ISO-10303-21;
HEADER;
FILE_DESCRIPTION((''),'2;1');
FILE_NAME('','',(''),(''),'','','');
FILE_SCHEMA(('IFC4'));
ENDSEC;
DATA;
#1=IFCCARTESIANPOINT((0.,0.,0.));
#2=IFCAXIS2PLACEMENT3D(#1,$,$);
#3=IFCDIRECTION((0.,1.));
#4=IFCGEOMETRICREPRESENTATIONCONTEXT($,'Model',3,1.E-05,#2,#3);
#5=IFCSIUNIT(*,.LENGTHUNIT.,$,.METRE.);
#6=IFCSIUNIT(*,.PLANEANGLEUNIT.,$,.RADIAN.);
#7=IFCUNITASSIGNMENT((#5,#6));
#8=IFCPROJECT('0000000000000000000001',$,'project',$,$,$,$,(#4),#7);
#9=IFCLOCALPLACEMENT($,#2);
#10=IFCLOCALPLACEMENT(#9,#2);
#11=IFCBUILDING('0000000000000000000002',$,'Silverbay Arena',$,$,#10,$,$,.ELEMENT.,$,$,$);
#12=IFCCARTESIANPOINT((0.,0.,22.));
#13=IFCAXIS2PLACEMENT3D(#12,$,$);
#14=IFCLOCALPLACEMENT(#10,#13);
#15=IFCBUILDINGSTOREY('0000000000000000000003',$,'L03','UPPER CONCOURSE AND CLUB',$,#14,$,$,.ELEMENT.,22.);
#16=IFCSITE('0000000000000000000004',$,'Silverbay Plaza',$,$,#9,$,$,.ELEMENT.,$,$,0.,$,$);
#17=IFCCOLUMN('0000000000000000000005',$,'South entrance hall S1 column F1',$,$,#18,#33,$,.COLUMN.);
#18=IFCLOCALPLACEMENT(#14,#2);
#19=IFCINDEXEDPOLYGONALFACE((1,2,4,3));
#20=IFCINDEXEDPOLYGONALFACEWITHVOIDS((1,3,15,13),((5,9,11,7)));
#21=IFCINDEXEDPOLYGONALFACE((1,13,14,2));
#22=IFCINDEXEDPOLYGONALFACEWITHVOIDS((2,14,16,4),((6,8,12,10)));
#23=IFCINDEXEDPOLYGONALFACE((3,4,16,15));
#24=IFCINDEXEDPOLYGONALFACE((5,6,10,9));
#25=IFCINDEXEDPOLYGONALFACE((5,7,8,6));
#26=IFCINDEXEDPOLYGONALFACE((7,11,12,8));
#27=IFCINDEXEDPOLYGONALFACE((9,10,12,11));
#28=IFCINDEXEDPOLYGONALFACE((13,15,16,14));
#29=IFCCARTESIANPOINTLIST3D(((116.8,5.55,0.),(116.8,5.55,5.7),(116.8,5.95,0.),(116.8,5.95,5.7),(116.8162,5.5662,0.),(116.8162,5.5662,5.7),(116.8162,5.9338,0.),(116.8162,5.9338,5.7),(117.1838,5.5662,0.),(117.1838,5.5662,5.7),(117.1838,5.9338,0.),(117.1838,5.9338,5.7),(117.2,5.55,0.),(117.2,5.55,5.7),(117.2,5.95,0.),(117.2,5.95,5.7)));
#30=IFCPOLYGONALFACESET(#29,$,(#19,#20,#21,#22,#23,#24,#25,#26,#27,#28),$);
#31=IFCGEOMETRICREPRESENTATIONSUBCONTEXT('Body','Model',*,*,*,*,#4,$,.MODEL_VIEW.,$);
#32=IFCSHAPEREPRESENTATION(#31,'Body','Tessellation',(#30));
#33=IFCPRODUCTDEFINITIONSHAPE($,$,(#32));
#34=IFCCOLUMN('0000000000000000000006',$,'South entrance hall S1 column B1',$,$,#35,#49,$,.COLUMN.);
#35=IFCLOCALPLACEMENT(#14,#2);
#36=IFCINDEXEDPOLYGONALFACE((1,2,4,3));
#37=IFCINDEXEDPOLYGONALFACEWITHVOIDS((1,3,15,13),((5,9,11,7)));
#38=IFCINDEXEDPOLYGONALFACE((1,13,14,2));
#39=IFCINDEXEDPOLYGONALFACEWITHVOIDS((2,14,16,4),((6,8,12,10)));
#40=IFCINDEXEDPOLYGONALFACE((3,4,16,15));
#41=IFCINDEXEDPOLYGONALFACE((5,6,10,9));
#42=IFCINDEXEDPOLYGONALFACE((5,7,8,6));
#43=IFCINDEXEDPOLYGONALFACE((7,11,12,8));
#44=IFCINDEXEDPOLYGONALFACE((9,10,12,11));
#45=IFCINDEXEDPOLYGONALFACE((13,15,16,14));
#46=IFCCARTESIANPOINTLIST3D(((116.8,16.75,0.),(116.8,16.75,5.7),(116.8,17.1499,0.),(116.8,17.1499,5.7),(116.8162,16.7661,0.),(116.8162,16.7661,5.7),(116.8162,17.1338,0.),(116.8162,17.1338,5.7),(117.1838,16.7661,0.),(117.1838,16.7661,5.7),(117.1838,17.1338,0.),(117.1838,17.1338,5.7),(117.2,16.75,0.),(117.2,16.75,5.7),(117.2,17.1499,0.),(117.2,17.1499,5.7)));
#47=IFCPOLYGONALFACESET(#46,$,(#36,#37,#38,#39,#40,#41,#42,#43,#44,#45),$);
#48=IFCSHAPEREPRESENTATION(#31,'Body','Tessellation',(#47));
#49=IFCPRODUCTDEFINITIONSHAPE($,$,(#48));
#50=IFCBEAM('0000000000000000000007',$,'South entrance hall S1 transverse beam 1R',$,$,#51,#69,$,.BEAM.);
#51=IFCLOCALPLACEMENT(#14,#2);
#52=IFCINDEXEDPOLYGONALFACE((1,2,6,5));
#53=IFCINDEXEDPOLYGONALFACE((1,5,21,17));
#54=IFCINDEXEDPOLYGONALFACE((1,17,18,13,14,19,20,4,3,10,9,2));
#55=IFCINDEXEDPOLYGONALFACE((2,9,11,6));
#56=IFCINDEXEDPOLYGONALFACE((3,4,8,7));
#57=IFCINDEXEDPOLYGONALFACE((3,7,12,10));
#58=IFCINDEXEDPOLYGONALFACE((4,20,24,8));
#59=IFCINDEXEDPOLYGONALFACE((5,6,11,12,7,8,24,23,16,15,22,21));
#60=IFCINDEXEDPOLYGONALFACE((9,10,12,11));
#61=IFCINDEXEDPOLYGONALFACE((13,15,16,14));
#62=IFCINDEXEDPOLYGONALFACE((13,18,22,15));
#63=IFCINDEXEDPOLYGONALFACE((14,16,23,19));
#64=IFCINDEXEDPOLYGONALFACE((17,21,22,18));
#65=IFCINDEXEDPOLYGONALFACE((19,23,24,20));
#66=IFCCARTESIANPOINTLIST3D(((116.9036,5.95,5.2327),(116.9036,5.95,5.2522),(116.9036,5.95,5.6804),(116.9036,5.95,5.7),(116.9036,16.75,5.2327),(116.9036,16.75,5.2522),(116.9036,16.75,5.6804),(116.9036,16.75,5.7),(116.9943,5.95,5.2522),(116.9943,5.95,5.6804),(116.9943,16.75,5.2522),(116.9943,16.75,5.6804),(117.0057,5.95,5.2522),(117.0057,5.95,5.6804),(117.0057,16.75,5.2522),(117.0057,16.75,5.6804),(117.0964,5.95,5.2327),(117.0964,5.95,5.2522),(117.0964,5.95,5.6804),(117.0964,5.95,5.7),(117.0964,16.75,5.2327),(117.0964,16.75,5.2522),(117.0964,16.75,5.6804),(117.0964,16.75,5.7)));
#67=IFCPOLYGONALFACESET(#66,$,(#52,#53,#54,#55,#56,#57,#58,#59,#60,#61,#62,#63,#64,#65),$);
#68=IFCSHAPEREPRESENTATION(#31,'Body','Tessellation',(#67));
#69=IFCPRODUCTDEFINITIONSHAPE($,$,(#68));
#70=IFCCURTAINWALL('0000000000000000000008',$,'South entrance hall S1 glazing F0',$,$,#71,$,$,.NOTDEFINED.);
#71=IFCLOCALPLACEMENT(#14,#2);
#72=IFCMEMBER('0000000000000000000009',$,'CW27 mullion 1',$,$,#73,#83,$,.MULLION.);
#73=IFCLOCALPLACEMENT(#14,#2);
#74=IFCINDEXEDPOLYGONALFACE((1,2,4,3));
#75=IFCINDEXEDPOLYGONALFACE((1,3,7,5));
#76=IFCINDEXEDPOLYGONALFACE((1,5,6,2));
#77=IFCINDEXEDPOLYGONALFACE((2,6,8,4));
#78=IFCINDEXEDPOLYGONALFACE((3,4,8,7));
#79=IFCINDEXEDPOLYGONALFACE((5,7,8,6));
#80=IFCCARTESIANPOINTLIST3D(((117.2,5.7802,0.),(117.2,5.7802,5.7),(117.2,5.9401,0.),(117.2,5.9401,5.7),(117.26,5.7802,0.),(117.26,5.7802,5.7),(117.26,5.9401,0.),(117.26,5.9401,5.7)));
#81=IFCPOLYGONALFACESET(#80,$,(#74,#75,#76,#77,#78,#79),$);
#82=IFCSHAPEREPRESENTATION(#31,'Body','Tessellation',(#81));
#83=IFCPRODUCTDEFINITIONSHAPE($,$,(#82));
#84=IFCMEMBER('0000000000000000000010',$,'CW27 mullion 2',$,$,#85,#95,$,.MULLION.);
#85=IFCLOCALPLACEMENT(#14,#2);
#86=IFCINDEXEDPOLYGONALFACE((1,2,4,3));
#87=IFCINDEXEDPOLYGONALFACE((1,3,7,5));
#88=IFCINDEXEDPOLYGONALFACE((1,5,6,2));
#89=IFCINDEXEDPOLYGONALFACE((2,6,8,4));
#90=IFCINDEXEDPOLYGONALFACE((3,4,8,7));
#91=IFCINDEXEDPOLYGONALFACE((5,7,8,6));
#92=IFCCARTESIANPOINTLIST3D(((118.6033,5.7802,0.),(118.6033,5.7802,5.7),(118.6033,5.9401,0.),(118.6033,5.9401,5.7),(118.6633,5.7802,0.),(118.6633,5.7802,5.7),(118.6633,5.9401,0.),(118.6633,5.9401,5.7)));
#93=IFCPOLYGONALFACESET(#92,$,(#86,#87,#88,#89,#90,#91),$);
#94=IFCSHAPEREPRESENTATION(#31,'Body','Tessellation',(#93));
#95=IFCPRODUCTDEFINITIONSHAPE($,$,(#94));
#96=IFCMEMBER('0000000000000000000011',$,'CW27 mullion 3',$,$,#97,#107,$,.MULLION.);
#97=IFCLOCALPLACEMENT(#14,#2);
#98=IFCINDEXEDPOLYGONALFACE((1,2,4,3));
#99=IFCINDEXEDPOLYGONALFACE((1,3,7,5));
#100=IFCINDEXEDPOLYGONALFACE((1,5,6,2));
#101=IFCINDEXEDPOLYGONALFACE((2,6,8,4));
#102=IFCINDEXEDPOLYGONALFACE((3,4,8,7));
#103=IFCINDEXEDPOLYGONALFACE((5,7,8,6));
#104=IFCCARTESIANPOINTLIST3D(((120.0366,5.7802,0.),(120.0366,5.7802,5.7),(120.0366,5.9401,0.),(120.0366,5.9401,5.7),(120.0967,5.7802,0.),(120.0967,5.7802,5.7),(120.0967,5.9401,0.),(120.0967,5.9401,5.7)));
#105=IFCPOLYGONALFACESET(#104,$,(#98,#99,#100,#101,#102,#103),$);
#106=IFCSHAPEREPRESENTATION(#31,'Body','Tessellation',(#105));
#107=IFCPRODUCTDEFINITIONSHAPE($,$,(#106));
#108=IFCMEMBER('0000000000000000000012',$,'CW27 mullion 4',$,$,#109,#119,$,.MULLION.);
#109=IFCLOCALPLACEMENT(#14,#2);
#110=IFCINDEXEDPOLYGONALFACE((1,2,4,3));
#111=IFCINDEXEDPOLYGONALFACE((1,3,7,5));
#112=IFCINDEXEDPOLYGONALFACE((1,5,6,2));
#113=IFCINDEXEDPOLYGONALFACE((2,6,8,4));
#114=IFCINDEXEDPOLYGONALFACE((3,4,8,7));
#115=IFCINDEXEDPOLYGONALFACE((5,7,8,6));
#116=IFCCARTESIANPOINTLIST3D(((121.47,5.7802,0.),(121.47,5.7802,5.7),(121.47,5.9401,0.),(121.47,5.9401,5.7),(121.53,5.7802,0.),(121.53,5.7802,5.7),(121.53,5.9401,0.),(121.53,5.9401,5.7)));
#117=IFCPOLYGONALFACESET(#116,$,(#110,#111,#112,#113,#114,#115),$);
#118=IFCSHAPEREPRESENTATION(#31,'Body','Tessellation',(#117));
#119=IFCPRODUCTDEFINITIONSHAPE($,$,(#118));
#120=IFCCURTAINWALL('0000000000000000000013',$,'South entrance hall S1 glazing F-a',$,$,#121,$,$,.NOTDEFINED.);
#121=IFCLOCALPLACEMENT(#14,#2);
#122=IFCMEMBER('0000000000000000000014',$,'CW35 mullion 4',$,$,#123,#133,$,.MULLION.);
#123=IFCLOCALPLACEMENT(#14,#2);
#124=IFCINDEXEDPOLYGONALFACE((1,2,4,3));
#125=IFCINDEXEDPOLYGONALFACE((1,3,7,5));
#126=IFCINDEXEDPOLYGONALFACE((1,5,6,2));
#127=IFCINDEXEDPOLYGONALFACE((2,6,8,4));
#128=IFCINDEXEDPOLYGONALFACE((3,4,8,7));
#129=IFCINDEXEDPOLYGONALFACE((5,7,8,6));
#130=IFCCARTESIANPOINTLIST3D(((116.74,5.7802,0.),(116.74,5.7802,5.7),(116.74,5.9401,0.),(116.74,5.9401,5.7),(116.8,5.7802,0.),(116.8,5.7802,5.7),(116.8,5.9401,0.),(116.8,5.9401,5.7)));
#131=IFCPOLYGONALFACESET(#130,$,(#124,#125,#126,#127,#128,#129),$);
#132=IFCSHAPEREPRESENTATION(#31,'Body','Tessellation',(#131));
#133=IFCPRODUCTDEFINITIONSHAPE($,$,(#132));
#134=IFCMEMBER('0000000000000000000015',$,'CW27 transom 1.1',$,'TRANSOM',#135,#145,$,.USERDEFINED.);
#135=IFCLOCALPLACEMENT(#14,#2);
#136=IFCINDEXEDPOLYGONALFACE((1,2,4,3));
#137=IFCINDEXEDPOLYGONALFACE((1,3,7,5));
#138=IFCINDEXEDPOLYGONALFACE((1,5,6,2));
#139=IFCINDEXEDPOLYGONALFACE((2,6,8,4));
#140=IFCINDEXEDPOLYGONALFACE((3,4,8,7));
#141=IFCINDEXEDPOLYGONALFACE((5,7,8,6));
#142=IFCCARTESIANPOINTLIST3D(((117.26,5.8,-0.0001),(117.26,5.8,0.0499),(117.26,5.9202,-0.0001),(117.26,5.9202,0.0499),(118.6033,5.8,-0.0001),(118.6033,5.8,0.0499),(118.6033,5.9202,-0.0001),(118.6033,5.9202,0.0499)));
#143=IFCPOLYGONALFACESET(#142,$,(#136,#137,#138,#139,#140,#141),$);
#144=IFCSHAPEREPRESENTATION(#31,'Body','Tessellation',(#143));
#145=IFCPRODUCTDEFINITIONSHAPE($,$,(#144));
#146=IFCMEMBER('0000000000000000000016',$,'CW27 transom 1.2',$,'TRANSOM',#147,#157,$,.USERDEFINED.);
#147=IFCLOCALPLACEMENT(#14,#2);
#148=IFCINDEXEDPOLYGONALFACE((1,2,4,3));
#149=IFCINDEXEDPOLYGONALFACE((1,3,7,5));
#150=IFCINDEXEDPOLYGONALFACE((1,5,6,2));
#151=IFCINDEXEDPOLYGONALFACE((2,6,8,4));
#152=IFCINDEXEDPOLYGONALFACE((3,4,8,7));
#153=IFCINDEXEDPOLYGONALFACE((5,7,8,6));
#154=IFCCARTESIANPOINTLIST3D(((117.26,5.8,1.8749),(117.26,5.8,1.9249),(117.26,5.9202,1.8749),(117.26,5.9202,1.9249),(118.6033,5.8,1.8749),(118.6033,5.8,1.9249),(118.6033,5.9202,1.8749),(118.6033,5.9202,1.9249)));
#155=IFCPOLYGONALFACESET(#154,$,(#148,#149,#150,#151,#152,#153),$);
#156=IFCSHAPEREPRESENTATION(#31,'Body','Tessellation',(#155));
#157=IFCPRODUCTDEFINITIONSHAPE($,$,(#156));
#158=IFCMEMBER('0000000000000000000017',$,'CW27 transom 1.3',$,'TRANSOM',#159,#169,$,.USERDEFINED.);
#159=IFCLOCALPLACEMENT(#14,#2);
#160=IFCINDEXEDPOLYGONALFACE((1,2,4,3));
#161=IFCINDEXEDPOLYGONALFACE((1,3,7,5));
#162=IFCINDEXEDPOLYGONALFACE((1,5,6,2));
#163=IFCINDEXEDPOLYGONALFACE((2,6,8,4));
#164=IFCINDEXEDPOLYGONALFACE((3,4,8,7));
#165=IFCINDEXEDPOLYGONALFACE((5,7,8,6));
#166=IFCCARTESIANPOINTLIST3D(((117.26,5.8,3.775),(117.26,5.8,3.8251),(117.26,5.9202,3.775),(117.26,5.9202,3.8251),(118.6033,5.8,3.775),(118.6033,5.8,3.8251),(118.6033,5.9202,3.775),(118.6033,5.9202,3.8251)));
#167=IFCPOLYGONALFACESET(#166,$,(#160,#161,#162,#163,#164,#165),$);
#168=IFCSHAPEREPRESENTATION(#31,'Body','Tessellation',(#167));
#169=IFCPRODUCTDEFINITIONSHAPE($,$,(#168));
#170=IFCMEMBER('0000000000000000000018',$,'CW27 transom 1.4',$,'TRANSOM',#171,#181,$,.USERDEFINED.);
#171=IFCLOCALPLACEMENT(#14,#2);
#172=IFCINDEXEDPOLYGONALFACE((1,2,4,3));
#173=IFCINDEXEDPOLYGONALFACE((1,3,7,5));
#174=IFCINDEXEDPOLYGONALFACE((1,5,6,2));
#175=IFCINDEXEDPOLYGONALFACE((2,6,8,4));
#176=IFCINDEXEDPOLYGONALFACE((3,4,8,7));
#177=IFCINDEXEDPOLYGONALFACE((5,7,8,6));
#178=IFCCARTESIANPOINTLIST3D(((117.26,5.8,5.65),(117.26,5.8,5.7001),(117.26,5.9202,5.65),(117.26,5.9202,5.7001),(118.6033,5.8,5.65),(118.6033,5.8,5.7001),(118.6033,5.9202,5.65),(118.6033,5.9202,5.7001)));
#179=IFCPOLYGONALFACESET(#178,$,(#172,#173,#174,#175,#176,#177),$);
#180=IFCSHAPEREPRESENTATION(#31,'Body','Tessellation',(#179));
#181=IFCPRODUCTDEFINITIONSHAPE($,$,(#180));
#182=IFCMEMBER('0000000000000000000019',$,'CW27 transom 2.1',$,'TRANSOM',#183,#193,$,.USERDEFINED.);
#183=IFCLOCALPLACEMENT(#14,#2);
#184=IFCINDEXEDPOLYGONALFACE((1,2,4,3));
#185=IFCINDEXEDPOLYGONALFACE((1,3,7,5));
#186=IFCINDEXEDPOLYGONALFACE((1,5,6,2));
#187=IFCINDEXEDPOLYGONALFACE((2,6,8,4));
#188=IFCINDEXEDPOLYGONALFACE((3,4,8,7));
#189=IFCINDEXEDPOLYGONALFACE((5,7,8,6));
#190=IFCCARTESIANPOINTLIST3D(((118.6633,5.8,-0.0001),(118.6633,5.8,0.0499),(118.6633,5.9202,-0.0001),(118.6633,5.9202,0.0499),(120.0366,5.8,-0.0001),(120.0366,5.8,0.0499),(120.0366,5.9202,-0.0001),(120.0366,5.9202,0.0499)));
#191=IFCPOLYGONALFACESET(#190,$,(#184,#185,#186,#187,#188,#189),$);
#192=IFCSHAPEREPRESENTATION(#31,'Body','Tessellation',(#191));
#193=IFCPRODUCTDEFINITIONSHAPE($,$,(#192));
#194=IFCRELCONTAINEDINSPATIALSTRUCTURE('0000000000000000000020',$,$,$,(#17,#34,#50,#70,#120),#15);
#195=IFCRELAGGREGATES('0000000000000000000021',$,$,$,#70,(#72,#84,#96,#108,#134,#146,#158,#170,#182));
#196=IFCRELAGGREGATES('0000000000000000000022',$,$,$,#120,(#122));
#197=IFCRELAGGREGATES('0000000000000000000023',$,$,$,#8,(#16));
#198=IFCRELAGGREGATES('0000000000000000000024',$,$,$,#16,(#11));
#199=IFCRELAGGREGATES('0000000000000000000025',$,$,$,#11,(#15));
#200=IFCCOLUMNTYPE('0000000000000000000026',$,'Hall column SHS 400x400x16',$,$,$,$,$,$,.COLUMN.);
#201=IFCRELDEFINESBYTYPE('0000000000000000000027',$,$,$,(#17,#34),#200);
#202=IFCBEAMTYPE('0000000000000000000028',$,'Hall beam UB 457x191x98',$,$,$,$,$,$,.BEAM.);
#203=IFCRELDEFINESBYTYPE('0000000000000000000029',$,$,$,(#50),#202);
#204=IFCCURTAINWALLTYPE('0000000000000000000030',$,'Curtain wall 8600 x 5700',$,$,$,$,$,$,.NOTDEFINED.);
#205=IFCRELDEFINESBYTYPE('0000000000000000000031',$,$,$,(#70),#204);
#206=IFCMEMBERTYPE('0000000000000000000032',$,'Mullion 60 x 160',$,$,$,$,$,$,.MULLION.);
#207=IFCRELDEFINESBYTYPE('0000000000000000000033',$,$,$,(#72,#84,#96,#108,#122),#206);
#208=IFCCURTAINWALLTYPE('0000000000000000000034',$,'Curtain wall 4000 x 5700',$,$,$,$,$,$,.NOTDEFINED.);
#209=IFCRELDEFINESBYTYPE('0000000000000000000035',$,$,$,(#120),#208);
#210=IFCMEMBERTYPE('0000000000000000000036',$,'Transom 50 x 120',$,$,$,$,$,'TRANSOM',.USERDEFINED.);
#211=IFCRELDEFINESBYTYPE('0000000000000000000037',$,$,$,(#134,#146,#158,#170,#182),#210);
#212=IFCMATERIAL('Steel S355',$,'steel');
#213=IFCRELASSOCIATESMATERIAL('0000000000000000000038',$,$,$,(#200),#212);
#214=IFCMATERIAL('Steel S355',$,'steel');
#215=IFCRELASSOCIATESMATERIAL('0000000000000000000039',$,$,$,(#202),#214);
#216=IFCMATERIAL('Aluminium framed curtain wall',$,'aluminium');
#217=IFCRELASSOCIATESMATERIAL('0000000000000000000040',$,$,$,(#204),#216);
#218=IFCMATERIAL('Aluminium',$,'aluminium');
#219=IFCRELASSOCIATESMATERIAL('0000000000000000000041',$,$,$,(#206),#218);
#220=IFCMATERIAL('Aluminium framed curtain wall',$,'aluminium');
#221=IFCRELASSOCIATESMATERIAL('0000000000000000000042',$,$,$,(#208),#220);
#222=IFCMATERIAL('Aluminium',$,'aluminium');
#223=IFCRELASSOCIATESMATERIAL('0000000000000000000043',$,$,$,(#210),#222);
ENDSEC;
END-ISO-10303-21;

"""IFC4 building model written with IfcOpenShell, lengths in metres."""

from ifc_helpers import new_model, si_unit, direction, frame, origin, origin_2d, place, context, subcontext, project, spatial, rectangle, hollow_rectangle, i_section, extrude, material, material_profile, profile_set, type_object, element, aggregate, save


model = new_model("IFC4")

# Units and contexts
model_context = context("Model", 3, precision=1e-05, world=origin(), true_north=direction((0.0, 1.0)))
body_context = subcontext(model_context, "Body", "Model", "MODEL_VIEW")
ifc_project = project(units=[si_unit("LENGTHUNIT", "METRE"), si_unit("PLANEANGLEUNIT", "RADIAN")], contexts=[model_context])

# Site, building, storey
site_placement = place(None, origin())
site = spatial("IfcSite", under=ifc_project, at=site_placement, Name="Silverbay Plaza", CompositionType="ELEMENT", RefElevation=0.0)
building_placement = place(site_placement, origin())
building = spatial("IfcBuilding", under=site, at=building_placement, Name="Silverbay Arena", CompositionType="ELEMENT")
storey_placement = place(building_placement, frame((0.0, 0.0, 22.0)))
storey = spatial("IfcBuildingStorey", under=building, at=storey_placement, Name="L03", Description="UPPER CONCOURSE AND CLUB", CompositionType="ELEMENT", Elevation=22.0)

# Columns
ifc_material_1 = material(Name="Steel S355", Category="steel")
ifc_material_profile_1 = material_profile(ifc_material_1, hollow_rectangle(XDim=0.3999, YDim=0.3999, WallThickness=0.0161, at=origin_2d()), Name="SHS 400x400x16")
ifc_profile_set_1 = profile_set([ifc_material_profile_1], Name="Steel S355")
column_type = type_object("IfcColumnType", Name="Hall column SHS 400x400x16", PredefinedType="COLUMN", material=ifc_profile_set_1)
for number, where, z_axis, x_axis, name in (
    (1, (117.0, 5.75, 0.0), (0.0, 0.0, 1.0), (1.0, 0.0, 0.0), "South entrance hall S1 column F1"),
    (2, (117.0, 16.95, 0.0), (0.0, 0.0, 1.0), (1.0, 0.0, 0.0), "South entrance hall S1 column B1"),
):
    element("IfcColumn", number, at=place(storey_placement, frame(where, z_axis=z_axis, x_axis=x_axis)), inside=storey, type_object=column_type, Name=name, PredefinedType="COLUMN", context=body_context, shape_type="SweptSolid", body=[
        extrude(hollow_rectangle(XDim=0.3999, YDim=0.3999, WallThickness=0.0161, at=origin_2d()), origin(), (0.0, 0.0, 1.0), 5.7),
    ])

# Beam
ifc_material_2 = material(Name="Steel S355", Category="steel")
ifc_material_profile_2 = material_profile(ifc_material_2, i_section(OverallWidth=0.1929, OverallDepth=0.4673, WebThickness=0.0115, FlangeThickness=0.0195, at=origin_2d()), Name="UB 457x191x98")
ifc_profile_set_2 = profile_set([ifc_material_profile_2], Name="Steel S355")
beam_type = type_object("IfcBeamType", Name="Hall beam UB 457x191x98", PredefinedType="BEAM", material=ifc_profile_set_2)
beam_placement = place(storey_placement, frame((117.0, 16.75, 5.4663), z_axis=(0.0, -1.0, 0.0), x_axis=(1.0, 0.0, 0.0)))
element("IfcBeam", 3, at=beam_placement, inside=storey, type_object=beam_type, Name="South entrance hall S1 transverse beam 1R", PredefinedType="BEAM", context=body_context, shape_type="SweptSolid", body=[
    extrude(i_section(OverallWidth=0.1929, OverallDepth=0.4673, WebThickness=0.0115, FlangeThickness=0.0195, at=origin_2d()), origin(), (0.0, 0.0, 1.0), 10.8),
])

# Curtain wall, members
ifc_material_3 = material(Name="Aluminium framed curtain wall", Category="aluminium")
curtain_wall_type_1 = type_object("IfcCurtainWallType", Name="Curtain wall 8600 x 5700", PredefinedType="NOTDEFINED", material=ifc_material_3)
curtain_wall_1_placement = place(storey_placement, origin())
curtain_wall_1 = element("IfcCurtainWall", 4, at=curtain_wall_1_placement, inside=storey, type_object=curtain_wall_type_1, Name="South entrance hall S1 glazing F0", PredefinedType="NOTDEFINED")
ifc_material_4 = material(Name="Aluminium", Category="aluminium")
ifc_material_profile_3 = material_profile(ifc_material_4, rectangle(XDim=0.1599, YDim=0.0601, at=origin_2d()), Name="Mullion 60 x 160")
ifc_profile_set_3 = profile_set([ifc_material_profile_3], Name="Aluminium")
member_type_1 = type_object("IfcMemberType", Name="Mullion 60 x 160", PredefinedType="MULLION", material=ifc_profile_set_3)
member_1_placement = place(storey_placement, frame((117.23, 5.8601, 0.0), z_axis=(0.0, 0.0, 1.0), x_axis=(0.0, 1.0, 0.0)))
member_1 = element("IfcMember", 5, at=member_1_placement, type_object=member_type_1, Name="CW27 mullion 1", PredefinedType="MULLION", context=body_context, shape_type="SweptSolid", body=[
    extrude(rectangle(XDim=0.1599, YDim=0.0601, at=origin_2d()), origin(), (0.0, 0.0, 1.0), 5.7),
])
member_2_placement = place(storey_placement, frame((118.6333, 5.8601, 0.0), z_axis=(0.0, 0.0, 1.0), x_axis=(0.0, 1.0, 0.0)))
member_2 = element("IfcMember", 6, at=member_2_placement, type_object=member_type_1, Name="CW27 mullion 2", PredefinedType="MULLION", context=body_context, shape_type="SweptSolid", body=[
    extrude(rectangle(XDim=0.1599, YDim=0.0601, at=origin_2d()), origin(), (0.0, 0.0, 1.0), 5.7),
])
member_3_placement = place(storey_placement, frame((120.0667, 5.8601, 0.0), z_axis=(0.0, 0.0, 1.0), x_axis=(0.0, 1.0, 0.0)))
member_3 = element("IfcMember", 7, at=member_3_placement, type_object=member_type_1, Name="CW27 mullion 3", PredefinedType="MULLION", context=body_context, shape_type="SweptSolid", body=[
    extrude(rectangle(XDim=0.1599, YDim=0.0601, at=origin_2d()), origin(), (0.0, 0.0, 1.0), 5.7),
])
member_4_placement = place(storey_placement, frame((121.5, 5.8601, 0.0), z_axis=(0.0, 0.0, 1.0), x_axis=(0.0, 1.0, 0.0)))
member_4 = element("IfcMember", 8, at=member_4_placement, type_object=member_type_1, Name="CW27 mullion 4", PredefinedType="MULLION", context=body_context, shape_type="SweptSolid", body=[
    extrude(rectangle(XDim=0.1599, YDim=0.0601, at=origin_2d()), origin(), (0.0, 0.0, 1.0), 5.7),
])

# Curtain wall, member
ifc_material_5 = material(Name="Aluminium framed curtain wall", Category="aluminium")
curtain_wall_type_2 = type_object("IfcCurtainWallType", Name="Curtain wall 4000 x 5700", PredefinedType="NOTDEFINED", material=ifc_material_5)
curtain_wall_2_placement = place(storey_placement, origin())
curtain_wall_2 = element("IfcCurtainWall", 9, at=curtain_wall_2_placement, inside=storey, type_object=curtain_wall_type_2, Name="South entrance hall S1 glazing F-a", PredefinedType="NOTDEFINED")
member_5_placement = place(storey_placement, frame((116.77, 5.8601, 0.0), z_axis=(0.0, 0.0, 1.0), x_axis=(0.0, 1.0, 0.0)))
member_5 = element("IfcMember", 10, at=member_5_placement, type_object=member_type_1, Name="CW35 mullion 4", PredefinedType="MULLION", context=body_context, shape_type="SweptSolid", body=[
    extrude(rectangle(XDim=0.1599, YDim=0.0601, at=origin_2d()), origin(), (0.0, 0.0, 1.0), 5.7),
])

# Members
ifc_material_6 = material(Name="Aluminium", Category="aluminium")
ifc_material_profile_4 = material_profile(ifc_material_6, rectangle(XDim=0.1201, YDim=0.05, at=origin_2d()), Name="Transom 50 x 120")
ifc_profile_set_4 = profile_set([ifc_material_profile_4], Name="Aluminium")
member_type_2 = type_object("IfcMemberType", Name="Transom 50 x 120", ElementType="TRANSOM", PredefinedType="USERDEFINED", material=ifc_profile_set_4)
member_6_placement = place(storey_placement, frame((117.26, 5.8601, 0.0249), z_axis=(1.0, 0.0, 0.0), x_axis=(0.0, 1.0, 0.0)))
member_6 = element("IfcMember", 11, at=member_6_placement, type_object=member_type_2, Name="CW27 transom 1.1", ObjectType="TRANSOM", PredefinedType="USERDEFINED", context=body_context, shape_type="SweptSolid", body=[
    extrude(rectangle(XDim=0.1201, YDim=0.05, at=origin_2d()), origin(), (0.0, 0.0, 1.0), 1.3433),
])
member_7_placement = place(storey_placement, frame((117.26, 5.8601, 1.8999), z_axis=(1.0, 0.0, 0.0), x_axis=(0.0, 1.0, 0.0)))
member_7 = element("IfcMember", 12, at=member_7_placement, type_object=member_type_2, Name="CW27 transom 1.2", ObjectType="TRANSOM", PredefinedType="USERDEFINED", context=body_context, shape_type="SweptSolid", body=[
    extrude(rectangle(XDim=0.1201, YDim=0.05, at=origin_2d()), origin(), (0.0, 0.0, 1.0), 1.3433),
])
member_8_placement = place(storey_placement, frame((117.26, 5.8601, 3.8), z_axis=(1.0, 0.0, 0.0), x_axis=(0.0, 1.0, 0.0)))
member_8 = element("IfcMember", 13, at=member_8_placement, type_object=member_type_2, Name="CW27 transom 1.3", ObjectType="TRANSOM", PredefinedType="USERDEFINED", context=body_context, shape_type="SweptSolid", body=[
    extrude(rectangle(XDim=0.1201, YDim=0.05, at=origin_2d()), origin(), (0.0, 0.0, 1.0), 1.3433),
])
member_9_placement = place(storey_placement, frame((117.26, 5.8601, 5.675), z_axis=(1.0, 0.0, 0.0), x_axis=(0.0, 1.0, 0.0)))
member_9 = element("IfcMember", 14, at=member_9_placement, type_object=member_type_2, Name="CW27 transom 1.4", ObjectType="TRANSOM", PredefinedType="USERDEFINED", context=body_context, shape_type="SweptSolid", body=[
    extrude(rectangle(XDim=0.1201, YDim=0.05, at=origin_2d()), origin(), (0.0, 0.0, 1.0), 1.3433),
])
member_10_placement = place(storey_placement, frame((118.6633, 5.8601, 0.0249), z_axis=(1.0, 0.0, 0.0), x_axis=(0.0, 1.0, 0.0)))
member_10 = element("IfcMember", 15, at=member_10_placement, type_object=member_type_2, Name="CW27 transom 2.1", ObjectType="TRANSOM", PredefinedType="USERDEFINED", context=body_context, shape_type="SweptSolid", body=[
    extrude(rectangle(XDim=0.1201, YDim=0.05, at=origin_2d()), origin(), (0.0, 0.0, 1.0), 1.3733),
])

aggregate(curtain_wall_1, [member_1, member_2, member_3, member_4, member_6, member_7, member_8, member_9, member_10])
aggregate(curtain_wall_2, [member_5])

save(model, "model.ifc")
